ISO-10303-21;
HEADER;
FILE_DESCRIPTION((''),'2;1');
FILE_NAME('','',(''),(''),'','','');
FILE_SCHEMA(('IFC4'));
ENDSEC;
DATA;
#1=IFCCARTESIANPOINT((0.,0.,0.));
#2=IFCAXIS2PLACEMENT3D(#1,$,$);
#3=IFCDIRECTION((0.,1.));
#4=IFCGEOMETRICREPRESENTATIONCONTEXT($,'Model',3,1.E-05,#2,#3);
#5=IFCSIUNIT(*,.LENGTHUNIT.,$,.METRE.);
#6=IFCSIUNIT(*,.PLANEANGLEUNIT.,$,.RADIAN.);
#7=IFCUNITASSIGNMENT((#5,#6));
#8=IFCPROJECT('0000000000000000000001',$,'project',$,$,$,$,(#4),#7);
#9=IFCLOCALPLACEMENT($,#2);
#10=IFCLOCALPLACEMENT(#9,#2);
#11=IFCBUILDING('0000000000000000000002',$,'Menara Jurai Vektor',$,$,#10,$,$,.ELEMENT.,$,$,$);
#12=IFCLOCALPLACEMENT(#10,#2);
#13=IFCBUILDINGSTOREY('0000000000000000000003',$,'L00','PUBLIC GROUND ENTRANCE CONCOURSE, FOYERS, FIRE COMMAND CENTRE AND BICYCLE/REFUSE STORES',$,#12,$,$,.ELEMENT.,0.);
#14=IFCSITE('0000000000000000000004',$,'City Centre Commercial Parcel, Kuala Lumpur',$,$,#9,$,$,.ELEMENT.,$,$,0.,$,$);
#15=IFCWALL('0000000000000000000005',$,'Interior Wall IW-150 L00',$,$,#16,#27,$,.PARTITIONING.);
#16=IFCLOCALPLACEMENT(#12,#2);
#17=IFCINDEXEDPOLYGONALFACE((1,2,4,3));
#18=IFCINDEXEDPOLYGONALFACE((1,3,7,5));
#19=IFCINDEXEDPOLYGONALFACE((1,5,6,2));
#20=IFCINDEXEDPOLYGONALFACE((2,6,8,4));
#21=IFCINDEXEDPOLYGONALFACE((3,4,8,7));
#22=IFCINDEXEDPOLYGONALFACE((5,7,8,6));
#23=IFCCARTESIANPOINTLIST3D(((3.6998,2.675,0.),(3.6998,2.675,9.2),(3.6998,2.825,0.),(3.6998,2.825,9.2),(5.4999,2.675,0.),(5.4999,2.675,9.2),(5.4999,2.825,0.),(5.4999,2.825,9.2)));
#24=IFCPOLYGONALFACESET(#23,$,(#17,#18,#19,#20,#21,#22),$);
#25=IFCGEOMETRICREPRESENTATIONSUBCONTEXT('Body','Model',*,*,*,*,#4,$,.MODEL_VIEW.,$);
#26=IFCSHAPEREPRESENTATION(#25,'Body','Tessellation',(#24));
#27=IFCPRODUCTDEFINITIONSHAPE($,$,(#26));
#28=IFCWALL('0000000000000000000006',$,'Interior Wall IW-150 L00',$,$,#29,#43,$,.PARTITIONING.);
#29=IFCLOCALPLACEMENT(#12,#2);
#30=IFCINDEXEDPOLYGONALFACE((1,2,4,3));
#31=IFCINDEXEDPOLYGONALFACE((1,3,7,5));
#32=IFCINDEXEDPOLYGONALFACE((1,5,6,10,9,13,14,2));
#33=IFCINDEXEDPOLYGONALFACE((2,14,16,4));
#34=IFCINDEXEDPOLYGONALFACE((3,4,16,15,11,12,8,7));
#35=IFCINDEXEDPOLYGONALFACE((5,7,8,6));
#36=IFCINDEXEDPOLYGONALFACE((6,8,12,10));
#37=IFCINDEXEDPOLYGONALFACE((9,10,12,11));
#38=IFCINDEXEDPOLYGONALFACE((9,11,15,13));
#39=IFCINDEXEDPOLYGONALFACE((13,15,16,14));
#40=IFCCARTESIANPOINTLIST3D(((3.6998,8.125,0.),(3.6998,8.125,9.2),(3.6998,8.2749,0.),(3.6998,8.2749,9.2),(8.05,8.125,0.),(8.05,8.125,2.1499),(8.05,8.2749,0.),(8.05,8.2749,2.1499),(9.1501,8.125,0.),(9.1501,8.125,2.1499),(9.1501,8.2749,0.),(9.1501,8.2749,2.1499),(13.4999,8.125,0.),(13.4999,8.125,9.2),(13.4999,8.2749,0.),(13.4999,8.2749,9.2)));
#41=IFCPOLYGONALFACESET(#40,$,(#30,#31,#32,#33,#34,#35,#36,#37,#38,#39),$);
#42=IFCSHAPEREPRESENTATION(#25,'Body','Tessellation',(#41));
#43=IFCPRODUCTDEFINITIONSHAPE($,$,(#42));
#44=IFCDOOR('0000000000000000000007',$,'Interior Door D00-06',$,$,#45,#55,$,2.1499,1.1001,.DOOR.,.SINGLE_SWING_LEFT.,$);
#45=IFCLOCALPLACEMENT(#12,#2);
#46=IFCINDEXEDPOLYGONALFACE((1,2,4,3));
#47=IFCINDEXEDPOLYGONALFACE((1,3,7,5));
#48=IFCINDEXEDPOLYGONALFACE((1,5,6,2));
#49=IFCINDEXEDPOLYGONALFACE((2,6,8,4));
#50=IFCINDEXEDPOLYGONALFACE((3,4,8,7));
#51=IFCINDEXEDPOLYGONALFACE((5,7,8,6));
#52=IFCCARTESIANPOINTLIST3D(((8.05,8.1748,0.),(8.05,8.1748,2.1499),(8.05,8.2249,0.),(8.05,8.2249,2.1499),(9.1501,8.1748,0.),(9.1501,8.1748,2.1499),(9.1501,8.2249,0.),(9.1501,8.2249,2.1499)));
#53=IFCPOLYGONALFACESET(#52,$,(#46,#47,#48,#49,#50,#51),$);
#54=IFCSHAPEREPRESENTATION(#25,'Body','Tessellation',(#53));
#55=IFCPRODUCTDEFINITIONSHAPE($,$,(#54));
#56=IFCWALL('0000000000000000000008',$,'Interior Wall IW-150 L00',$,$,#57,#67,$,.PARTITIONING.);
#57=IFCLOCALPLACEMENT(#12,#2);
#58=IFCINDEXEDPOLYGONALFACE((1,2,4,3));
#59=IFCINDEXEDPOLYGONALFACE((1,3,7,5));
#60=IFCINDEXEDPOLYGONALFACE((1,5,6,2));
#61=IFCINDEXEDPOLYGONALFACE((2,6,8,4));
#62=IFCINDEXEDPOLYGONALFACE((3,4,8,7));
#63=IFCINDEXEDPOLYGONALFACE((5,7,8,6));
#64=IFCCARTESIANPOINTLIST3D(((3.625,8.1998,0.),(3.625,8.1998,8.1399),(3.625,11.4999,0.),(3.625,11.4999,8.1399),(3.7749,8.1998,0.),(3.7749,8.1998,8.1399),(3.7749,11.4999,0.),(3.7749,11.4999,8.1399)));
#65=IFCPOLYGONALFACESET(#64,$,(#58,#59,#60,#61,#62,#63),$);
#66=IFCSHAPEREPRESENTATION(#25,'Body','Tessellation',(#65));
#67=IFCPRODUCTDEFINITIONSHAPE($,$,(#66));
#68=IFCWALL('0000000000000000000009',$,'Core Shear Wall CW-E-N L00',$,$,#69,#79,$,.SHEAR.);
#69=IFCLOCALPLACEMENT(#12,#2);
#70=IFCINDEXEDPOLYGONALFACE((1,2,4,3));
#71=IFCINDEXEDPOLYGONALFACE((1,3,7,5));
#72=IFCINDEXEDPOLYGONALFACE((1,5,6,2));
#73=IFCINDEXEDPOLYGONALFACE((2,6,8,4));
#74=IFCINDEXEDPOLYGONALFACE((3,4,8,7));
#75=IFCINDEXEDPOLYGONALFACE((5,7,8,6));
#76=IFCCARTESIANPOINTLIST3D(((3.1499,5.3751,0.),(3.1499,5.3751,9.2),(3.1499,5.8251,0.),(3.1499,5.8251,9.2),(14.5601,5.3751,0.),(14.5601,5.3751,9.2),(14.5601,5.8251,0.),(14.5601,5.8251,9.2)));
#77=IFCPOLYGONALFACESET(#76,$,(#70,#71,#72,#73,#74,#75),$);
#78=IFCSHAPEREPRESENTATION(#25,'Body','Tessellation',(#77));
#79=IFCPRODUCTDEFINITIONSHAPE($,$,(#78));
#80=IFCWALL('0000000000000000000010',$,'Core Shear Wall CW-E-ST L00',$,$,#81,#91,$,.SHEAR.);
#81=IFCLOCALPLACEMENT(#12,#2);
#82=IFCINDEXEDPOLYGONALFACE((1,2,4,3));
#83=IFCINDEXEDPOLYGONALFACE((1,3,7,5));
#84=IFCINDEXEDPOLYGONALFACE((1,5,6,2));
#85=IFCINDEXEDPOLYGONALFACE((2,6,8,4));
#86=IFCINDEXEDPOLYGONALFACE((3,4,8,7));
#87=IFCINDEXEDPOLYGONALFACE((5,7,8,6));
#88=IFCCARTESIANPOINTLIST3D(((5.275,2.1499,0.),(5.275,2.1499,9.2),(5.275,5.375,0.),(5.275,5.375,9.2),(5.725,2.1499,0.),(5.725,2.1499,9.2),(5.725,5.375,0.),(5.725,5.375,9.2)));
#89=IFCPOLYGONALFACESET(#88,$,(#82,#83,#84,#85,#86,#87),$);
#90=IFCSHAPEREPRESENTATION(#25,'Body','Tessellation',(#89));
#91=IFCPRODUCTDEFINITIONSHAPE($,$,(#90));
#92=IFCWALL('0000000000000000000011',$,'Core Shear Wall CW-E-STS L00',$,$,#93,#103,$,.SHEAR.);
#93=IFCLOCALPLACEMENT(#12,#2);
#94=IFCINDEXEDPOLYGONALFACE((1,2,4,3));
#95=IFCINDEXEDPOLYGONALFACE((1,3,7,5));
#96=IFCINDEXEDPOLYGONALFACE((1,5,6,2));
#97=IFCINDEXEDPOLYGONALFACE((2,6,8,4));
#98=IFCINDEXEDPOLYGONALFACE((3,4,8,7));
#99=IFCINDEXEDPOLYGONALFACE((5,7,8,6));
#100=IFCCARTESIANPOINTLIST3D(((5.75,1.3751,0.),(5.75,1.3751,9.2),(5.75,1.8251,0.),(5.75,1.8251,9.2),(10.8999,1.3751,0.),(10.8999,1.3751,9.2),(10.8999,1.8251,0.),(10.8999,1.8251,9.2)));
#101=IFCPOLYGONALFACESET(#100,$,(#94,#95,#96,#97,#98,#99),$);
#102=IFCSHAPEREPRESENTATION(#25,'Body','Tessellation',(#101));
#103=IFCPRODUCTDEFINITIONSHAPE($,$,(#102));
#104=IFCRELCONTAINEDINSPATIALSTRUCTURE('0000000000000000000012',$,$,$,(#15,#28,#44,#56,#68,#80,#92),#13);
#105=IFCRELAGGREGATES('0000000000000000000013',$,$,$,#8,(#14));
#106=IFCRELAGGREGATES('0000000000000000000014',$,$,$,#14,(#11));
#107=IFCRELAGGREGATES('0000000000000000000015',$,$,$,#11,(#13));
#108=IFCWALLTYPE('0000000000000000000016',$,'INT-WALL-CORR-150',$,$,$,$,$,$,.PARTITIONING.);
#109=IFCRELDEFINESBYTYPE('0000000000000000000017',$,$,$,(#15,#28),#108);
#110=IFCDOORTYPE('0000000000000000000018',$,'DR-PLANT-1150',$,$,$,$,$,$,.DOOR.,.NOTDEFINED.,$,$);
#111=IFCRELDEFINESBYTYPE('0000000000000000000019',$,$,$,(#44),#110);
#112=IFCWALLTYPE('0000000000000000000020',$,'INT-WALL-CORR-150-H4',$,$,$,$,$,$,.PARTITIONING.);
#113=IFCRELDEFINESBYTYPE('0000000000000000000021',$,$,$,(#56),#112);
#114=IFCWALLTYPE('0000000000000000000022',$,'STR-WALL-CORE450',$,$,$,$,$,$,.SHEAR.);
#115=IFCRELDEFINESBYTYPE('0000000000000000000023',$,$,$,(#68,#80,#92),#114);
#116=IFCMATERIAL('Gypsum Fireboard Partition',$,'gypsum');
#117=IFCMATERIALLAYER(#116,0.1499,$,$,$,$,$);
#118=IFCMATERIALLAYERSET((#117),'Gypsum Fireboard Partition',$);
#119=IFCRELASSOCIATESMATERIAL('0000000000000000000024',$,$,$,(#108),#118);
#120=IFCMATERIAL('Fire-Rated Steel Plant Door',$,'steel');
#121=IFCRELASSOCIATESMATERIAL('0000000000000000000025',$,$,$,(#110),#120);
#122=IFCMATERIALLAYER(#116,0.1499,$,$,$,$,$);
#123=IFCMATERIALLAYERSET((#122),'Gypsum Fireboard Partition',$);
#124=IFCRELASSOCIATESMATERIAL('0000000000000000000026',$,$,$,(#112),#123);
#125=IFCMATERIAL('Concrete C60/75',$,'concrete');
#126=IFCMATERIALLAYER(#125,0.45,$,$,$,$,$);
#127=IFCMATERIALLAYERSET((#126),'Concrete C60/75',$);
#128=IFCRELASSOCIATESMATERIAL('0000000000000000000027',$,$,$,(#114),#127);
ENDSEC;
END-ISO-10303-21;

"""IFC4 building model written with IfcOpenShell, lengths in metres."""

from ifc_helpers import new_model, si_unit, direction, frame, frame_2d, origin, place, context, subcontext, project, spatial, rectangle, extrude, material, layer, layer_set, type_object, element, fill, save


model = new_model("IFC4")

# Units and contexts
model_context = context("Model", 3, precision=1e-05, world=origin(), true_north=direction((0.0, 1.0)))
body_context = subcontext(model_context, "Body", "Model", "MODEL_VIEW")
ifc_project = project(units=[si_unit("LENGTHUNIT", "METRE"), si_unit("PLANEANGLEUNIT", "RADIAN")], contexts=[model_context])

# Site, building, storey
site_placement = place(None, origin())
site = spatial("IfcSite", under=ifc_project, at=site_placement, Name="City Centre Commercial Parcel, Kuala Lumpur", CompositionType="ELEMENT", RefElevation=0.0)
building_placement = place(site_placement, origin())
building = spatial("IfcBuilding", under=site, at=building_placement, Name="Menara Jurai Vektor", CompositionType="ELEMENT")
storey_placement = place(building_placement, origin())
storey = spatial("IfcBuildingStorey", under=building, at=storey_placement, Name="L00", Description="PUBLIC GROUND ENTRANCE CONCOURSE, FOYERS, FIRE COMMAND CENTRE AND BICYCLE/REFUSE STORES", CompositionType="ELEMENT", Elevation=0.0)

# Shared definitions
ifc_material_1 = material(Name="Concrete C60/75", Category="concrete")

# Wall
ifc_material_2 = material(Name="Gypsum Fireboard Partition", Category="gypsum")
ifc_layer_1 = layer(ifc_material_2, 0.1499)
ifc_layer_set_1 = layer_set([ifc_layer_1], Name="Gypsum Fireboard Partition")
wall_type_1 = type_object("IfcWallType", Name="INT-WALL-CORR-150", PredefinedType="PARTITIONING", material=ifc_layer_set_1)
wall_1_placement = place(storey_placement, frame((3.7, 2.75, 0.0), z_axis=(0.0, 0.0, 1.0), x_axis=(1.0, 0.0, 0.0)))
element("IfcWall", 1, at=wall_1_placement, inside=storey, type_object=wall_type_1, Name="Interior Wall IW-150 L00", PredefinedType="PARTITIONING", context=body_context, shape_type="SweptSolid", body=[
    extrude(rectangle(XDim=1.8, YDim=0.1499, at=frame_2d((0.8999, 0.0))), origin(), (0.0, 0.0, 1.0), 9.2),
])

# Wall, opening, door
wall_2_placement = place(storey_placement, frame((3.7, 8.2, 0.0), z_axis=(0.0, 0.0, 1.0), x_axis=(1.0, 0.0, 0.0)))
wall_2 = element("IfcWall", 2, at=wall_2_placement, inside=storey, type_object=wall_type_1, Name="Interior Wall IW-150 L00", PredefinedType="PARTITIONING", context=body_context, shape_type="SweptSolid", body=[
    extrude(rectangle(XDim=9.8, YDim=0.1499, at=frame_2d((4.8999, 0.0))), origin(), (0.0, 0.0, 1.0), 9.2),
])
opening_1_placement = place(wall_2_placement, frame((4.3501, 0.0, 0.0)))
opening_1 = element("IfcOpeningElement", 3, at=opening_1_placement, cuts=wall_2, PredefinedType="OPENING", context=body_context, shape_type="SweptSolid", body=[
    extrude(rectangle(XDim=1.1001, YDim=2.1499, at=frame_2d((0.55, 1.075))), frame((0.0, 0.085, 0.0), z_axis=(0.0, -1.0, 0.0), x_axis=(1.0, 0.0, 0.0)), (0.0, 0.0, 1.0), 0.1699),
])
ifc_material_3 = material(Name="Fire-Rated Steel Plant Door", Category="steel")
door_type = type_object("IfcDoorType", Name="DR-PLANT-1150", OperationType="NOTDEFINED", PredefinedType="DOOR", material=ifc_material_3)
door_placement = place(opening_1_placement, origin())
door = element("IfcDoor", 4, at=door_placement, inside=storey, type_object=door_type, Name="Interior Door D00-06", OperationType="SINGLE_SWING_LEFT", OverallHeight=2.1499, OverallWidth=1.1001, PredefinedType="DOOR", context=body_context, shape_type="SweptSolid", body=[
    extrude(rectangle(XDim=1.1001, YDim=2.1499, at=frame_2d((0.55, 1.075))), frame((0.0, 0.0249, 0.0), z_axis=(0.0, -1.0, 0.0), x_axis=(1.0, 0.0, 0.0)), (0.0, 0.0, 1.0), 0.05),
])
fill(opening_1, door)

# Walls
ifc_layer_2 = layer(ifc_material_2, 0.1499)
ifc_layer_set_2 = layer_set([ifc_layer_2], Name="Gypsum Fireboard Partition")
wall_type_2 = type_object("IfcWallType", Name="INT-WALL-CORR-150-H4", PredefinedType="PARTITIONING", material=ifc_layer_set_2)
wall_3_placement = place(storey_placement, frame((3.7, 8.2, 0.0), z_axis=(0.0, 0.0, 1.0), x_axis=(0.0, 1.0, 0.0)))
element("IfcWall", 5, at=wall_3_placement, inside=storey, type_object=wall_type_2, Name="Interior Wall IW-150 L00", PredefinedType="PARTITIONING", context=body_context, shape_type="SweptSolid", body=[
    extrude(rectangle(XDim=3.3, YDim=0.1499, at=frame_2d((1.6499, 0.0))), origin(), (0.0, 0.0, 1.0), 8.1399),
])
ifc_layer_3 = layer(ifc_material_1, 0.45)
ifc_layer_set_3 = layer_set([ifc_layer_3], Name="Concrete C60/75")
wall_type_3 = type_object("IfcWallType", Name="STR-WALL-CORE450", PredefinedType="SHEAR", material=ifc_layer_set_3)
wall_4_placement = place(storey_placement, frame((3.1499, 5.6001, 0.0), z_axis=(0.0, 0.0, 1.0), x_axis=(1.0, 0.0, 0.0)))
element("IfcWall", 6, at=wall_4_placement, inside=storey, type_object=wall_type_3, Name="Core Shear Wall CW-E-N L00", PredefinedType="SHEAR", context=body_context, shape_type="SweptSolid", body=[
    extrude(rectangle(XDim=11.4102, YDim=0.45, at=frame_2d((5.7051, 0.0))), origin(), (0.0, 0.0, 1.0), 9.2),
])
wall_5_placement = place(storey_placement, frame((5.5, 2.1499, 0.0), z_axis=(0.0, 0.0, 1.0), x_axis=(0.0, 1.0, 0.0)))
element("IfcWall", 7, at=wall_5_placement, inside=storey, type_object=wall_type_3, Name="Core Shear Wall CW-E-ST L00", PredefinedType="SHEAR", context=body_context, shape_type="SweptSolid", body=[
    extrude(rectangle(XDim=3.2251, YDim=0.45, at=frame_2d((1.6125, 0.0))), origin(), (0.0, 0.0, 1.0), 9.2),
])
wall_6_placement = place(storey_placement, frame((5.75, 1.6001, 0.0), z_axis=(0.0, 0.0, 1.0), x_axis=(1.0, 0.0, 0.0)))
element("IfcWall", 8, at=wall_6_placement, inside=storey, type_object=wall_type_3, Name="Core Shear Wall CW-E-STS L00", PredefinedType="SHEAR", context=body_context, shape_type="SweptSolid", body=[
    extrude(rectangle(XDim=5.1499, YDim=0.45, at=frame_2d((2.575, 0.0))), origin(), (0.0, 0.0, 1.0), 9.2),
])

save(model, "model.ifc")
